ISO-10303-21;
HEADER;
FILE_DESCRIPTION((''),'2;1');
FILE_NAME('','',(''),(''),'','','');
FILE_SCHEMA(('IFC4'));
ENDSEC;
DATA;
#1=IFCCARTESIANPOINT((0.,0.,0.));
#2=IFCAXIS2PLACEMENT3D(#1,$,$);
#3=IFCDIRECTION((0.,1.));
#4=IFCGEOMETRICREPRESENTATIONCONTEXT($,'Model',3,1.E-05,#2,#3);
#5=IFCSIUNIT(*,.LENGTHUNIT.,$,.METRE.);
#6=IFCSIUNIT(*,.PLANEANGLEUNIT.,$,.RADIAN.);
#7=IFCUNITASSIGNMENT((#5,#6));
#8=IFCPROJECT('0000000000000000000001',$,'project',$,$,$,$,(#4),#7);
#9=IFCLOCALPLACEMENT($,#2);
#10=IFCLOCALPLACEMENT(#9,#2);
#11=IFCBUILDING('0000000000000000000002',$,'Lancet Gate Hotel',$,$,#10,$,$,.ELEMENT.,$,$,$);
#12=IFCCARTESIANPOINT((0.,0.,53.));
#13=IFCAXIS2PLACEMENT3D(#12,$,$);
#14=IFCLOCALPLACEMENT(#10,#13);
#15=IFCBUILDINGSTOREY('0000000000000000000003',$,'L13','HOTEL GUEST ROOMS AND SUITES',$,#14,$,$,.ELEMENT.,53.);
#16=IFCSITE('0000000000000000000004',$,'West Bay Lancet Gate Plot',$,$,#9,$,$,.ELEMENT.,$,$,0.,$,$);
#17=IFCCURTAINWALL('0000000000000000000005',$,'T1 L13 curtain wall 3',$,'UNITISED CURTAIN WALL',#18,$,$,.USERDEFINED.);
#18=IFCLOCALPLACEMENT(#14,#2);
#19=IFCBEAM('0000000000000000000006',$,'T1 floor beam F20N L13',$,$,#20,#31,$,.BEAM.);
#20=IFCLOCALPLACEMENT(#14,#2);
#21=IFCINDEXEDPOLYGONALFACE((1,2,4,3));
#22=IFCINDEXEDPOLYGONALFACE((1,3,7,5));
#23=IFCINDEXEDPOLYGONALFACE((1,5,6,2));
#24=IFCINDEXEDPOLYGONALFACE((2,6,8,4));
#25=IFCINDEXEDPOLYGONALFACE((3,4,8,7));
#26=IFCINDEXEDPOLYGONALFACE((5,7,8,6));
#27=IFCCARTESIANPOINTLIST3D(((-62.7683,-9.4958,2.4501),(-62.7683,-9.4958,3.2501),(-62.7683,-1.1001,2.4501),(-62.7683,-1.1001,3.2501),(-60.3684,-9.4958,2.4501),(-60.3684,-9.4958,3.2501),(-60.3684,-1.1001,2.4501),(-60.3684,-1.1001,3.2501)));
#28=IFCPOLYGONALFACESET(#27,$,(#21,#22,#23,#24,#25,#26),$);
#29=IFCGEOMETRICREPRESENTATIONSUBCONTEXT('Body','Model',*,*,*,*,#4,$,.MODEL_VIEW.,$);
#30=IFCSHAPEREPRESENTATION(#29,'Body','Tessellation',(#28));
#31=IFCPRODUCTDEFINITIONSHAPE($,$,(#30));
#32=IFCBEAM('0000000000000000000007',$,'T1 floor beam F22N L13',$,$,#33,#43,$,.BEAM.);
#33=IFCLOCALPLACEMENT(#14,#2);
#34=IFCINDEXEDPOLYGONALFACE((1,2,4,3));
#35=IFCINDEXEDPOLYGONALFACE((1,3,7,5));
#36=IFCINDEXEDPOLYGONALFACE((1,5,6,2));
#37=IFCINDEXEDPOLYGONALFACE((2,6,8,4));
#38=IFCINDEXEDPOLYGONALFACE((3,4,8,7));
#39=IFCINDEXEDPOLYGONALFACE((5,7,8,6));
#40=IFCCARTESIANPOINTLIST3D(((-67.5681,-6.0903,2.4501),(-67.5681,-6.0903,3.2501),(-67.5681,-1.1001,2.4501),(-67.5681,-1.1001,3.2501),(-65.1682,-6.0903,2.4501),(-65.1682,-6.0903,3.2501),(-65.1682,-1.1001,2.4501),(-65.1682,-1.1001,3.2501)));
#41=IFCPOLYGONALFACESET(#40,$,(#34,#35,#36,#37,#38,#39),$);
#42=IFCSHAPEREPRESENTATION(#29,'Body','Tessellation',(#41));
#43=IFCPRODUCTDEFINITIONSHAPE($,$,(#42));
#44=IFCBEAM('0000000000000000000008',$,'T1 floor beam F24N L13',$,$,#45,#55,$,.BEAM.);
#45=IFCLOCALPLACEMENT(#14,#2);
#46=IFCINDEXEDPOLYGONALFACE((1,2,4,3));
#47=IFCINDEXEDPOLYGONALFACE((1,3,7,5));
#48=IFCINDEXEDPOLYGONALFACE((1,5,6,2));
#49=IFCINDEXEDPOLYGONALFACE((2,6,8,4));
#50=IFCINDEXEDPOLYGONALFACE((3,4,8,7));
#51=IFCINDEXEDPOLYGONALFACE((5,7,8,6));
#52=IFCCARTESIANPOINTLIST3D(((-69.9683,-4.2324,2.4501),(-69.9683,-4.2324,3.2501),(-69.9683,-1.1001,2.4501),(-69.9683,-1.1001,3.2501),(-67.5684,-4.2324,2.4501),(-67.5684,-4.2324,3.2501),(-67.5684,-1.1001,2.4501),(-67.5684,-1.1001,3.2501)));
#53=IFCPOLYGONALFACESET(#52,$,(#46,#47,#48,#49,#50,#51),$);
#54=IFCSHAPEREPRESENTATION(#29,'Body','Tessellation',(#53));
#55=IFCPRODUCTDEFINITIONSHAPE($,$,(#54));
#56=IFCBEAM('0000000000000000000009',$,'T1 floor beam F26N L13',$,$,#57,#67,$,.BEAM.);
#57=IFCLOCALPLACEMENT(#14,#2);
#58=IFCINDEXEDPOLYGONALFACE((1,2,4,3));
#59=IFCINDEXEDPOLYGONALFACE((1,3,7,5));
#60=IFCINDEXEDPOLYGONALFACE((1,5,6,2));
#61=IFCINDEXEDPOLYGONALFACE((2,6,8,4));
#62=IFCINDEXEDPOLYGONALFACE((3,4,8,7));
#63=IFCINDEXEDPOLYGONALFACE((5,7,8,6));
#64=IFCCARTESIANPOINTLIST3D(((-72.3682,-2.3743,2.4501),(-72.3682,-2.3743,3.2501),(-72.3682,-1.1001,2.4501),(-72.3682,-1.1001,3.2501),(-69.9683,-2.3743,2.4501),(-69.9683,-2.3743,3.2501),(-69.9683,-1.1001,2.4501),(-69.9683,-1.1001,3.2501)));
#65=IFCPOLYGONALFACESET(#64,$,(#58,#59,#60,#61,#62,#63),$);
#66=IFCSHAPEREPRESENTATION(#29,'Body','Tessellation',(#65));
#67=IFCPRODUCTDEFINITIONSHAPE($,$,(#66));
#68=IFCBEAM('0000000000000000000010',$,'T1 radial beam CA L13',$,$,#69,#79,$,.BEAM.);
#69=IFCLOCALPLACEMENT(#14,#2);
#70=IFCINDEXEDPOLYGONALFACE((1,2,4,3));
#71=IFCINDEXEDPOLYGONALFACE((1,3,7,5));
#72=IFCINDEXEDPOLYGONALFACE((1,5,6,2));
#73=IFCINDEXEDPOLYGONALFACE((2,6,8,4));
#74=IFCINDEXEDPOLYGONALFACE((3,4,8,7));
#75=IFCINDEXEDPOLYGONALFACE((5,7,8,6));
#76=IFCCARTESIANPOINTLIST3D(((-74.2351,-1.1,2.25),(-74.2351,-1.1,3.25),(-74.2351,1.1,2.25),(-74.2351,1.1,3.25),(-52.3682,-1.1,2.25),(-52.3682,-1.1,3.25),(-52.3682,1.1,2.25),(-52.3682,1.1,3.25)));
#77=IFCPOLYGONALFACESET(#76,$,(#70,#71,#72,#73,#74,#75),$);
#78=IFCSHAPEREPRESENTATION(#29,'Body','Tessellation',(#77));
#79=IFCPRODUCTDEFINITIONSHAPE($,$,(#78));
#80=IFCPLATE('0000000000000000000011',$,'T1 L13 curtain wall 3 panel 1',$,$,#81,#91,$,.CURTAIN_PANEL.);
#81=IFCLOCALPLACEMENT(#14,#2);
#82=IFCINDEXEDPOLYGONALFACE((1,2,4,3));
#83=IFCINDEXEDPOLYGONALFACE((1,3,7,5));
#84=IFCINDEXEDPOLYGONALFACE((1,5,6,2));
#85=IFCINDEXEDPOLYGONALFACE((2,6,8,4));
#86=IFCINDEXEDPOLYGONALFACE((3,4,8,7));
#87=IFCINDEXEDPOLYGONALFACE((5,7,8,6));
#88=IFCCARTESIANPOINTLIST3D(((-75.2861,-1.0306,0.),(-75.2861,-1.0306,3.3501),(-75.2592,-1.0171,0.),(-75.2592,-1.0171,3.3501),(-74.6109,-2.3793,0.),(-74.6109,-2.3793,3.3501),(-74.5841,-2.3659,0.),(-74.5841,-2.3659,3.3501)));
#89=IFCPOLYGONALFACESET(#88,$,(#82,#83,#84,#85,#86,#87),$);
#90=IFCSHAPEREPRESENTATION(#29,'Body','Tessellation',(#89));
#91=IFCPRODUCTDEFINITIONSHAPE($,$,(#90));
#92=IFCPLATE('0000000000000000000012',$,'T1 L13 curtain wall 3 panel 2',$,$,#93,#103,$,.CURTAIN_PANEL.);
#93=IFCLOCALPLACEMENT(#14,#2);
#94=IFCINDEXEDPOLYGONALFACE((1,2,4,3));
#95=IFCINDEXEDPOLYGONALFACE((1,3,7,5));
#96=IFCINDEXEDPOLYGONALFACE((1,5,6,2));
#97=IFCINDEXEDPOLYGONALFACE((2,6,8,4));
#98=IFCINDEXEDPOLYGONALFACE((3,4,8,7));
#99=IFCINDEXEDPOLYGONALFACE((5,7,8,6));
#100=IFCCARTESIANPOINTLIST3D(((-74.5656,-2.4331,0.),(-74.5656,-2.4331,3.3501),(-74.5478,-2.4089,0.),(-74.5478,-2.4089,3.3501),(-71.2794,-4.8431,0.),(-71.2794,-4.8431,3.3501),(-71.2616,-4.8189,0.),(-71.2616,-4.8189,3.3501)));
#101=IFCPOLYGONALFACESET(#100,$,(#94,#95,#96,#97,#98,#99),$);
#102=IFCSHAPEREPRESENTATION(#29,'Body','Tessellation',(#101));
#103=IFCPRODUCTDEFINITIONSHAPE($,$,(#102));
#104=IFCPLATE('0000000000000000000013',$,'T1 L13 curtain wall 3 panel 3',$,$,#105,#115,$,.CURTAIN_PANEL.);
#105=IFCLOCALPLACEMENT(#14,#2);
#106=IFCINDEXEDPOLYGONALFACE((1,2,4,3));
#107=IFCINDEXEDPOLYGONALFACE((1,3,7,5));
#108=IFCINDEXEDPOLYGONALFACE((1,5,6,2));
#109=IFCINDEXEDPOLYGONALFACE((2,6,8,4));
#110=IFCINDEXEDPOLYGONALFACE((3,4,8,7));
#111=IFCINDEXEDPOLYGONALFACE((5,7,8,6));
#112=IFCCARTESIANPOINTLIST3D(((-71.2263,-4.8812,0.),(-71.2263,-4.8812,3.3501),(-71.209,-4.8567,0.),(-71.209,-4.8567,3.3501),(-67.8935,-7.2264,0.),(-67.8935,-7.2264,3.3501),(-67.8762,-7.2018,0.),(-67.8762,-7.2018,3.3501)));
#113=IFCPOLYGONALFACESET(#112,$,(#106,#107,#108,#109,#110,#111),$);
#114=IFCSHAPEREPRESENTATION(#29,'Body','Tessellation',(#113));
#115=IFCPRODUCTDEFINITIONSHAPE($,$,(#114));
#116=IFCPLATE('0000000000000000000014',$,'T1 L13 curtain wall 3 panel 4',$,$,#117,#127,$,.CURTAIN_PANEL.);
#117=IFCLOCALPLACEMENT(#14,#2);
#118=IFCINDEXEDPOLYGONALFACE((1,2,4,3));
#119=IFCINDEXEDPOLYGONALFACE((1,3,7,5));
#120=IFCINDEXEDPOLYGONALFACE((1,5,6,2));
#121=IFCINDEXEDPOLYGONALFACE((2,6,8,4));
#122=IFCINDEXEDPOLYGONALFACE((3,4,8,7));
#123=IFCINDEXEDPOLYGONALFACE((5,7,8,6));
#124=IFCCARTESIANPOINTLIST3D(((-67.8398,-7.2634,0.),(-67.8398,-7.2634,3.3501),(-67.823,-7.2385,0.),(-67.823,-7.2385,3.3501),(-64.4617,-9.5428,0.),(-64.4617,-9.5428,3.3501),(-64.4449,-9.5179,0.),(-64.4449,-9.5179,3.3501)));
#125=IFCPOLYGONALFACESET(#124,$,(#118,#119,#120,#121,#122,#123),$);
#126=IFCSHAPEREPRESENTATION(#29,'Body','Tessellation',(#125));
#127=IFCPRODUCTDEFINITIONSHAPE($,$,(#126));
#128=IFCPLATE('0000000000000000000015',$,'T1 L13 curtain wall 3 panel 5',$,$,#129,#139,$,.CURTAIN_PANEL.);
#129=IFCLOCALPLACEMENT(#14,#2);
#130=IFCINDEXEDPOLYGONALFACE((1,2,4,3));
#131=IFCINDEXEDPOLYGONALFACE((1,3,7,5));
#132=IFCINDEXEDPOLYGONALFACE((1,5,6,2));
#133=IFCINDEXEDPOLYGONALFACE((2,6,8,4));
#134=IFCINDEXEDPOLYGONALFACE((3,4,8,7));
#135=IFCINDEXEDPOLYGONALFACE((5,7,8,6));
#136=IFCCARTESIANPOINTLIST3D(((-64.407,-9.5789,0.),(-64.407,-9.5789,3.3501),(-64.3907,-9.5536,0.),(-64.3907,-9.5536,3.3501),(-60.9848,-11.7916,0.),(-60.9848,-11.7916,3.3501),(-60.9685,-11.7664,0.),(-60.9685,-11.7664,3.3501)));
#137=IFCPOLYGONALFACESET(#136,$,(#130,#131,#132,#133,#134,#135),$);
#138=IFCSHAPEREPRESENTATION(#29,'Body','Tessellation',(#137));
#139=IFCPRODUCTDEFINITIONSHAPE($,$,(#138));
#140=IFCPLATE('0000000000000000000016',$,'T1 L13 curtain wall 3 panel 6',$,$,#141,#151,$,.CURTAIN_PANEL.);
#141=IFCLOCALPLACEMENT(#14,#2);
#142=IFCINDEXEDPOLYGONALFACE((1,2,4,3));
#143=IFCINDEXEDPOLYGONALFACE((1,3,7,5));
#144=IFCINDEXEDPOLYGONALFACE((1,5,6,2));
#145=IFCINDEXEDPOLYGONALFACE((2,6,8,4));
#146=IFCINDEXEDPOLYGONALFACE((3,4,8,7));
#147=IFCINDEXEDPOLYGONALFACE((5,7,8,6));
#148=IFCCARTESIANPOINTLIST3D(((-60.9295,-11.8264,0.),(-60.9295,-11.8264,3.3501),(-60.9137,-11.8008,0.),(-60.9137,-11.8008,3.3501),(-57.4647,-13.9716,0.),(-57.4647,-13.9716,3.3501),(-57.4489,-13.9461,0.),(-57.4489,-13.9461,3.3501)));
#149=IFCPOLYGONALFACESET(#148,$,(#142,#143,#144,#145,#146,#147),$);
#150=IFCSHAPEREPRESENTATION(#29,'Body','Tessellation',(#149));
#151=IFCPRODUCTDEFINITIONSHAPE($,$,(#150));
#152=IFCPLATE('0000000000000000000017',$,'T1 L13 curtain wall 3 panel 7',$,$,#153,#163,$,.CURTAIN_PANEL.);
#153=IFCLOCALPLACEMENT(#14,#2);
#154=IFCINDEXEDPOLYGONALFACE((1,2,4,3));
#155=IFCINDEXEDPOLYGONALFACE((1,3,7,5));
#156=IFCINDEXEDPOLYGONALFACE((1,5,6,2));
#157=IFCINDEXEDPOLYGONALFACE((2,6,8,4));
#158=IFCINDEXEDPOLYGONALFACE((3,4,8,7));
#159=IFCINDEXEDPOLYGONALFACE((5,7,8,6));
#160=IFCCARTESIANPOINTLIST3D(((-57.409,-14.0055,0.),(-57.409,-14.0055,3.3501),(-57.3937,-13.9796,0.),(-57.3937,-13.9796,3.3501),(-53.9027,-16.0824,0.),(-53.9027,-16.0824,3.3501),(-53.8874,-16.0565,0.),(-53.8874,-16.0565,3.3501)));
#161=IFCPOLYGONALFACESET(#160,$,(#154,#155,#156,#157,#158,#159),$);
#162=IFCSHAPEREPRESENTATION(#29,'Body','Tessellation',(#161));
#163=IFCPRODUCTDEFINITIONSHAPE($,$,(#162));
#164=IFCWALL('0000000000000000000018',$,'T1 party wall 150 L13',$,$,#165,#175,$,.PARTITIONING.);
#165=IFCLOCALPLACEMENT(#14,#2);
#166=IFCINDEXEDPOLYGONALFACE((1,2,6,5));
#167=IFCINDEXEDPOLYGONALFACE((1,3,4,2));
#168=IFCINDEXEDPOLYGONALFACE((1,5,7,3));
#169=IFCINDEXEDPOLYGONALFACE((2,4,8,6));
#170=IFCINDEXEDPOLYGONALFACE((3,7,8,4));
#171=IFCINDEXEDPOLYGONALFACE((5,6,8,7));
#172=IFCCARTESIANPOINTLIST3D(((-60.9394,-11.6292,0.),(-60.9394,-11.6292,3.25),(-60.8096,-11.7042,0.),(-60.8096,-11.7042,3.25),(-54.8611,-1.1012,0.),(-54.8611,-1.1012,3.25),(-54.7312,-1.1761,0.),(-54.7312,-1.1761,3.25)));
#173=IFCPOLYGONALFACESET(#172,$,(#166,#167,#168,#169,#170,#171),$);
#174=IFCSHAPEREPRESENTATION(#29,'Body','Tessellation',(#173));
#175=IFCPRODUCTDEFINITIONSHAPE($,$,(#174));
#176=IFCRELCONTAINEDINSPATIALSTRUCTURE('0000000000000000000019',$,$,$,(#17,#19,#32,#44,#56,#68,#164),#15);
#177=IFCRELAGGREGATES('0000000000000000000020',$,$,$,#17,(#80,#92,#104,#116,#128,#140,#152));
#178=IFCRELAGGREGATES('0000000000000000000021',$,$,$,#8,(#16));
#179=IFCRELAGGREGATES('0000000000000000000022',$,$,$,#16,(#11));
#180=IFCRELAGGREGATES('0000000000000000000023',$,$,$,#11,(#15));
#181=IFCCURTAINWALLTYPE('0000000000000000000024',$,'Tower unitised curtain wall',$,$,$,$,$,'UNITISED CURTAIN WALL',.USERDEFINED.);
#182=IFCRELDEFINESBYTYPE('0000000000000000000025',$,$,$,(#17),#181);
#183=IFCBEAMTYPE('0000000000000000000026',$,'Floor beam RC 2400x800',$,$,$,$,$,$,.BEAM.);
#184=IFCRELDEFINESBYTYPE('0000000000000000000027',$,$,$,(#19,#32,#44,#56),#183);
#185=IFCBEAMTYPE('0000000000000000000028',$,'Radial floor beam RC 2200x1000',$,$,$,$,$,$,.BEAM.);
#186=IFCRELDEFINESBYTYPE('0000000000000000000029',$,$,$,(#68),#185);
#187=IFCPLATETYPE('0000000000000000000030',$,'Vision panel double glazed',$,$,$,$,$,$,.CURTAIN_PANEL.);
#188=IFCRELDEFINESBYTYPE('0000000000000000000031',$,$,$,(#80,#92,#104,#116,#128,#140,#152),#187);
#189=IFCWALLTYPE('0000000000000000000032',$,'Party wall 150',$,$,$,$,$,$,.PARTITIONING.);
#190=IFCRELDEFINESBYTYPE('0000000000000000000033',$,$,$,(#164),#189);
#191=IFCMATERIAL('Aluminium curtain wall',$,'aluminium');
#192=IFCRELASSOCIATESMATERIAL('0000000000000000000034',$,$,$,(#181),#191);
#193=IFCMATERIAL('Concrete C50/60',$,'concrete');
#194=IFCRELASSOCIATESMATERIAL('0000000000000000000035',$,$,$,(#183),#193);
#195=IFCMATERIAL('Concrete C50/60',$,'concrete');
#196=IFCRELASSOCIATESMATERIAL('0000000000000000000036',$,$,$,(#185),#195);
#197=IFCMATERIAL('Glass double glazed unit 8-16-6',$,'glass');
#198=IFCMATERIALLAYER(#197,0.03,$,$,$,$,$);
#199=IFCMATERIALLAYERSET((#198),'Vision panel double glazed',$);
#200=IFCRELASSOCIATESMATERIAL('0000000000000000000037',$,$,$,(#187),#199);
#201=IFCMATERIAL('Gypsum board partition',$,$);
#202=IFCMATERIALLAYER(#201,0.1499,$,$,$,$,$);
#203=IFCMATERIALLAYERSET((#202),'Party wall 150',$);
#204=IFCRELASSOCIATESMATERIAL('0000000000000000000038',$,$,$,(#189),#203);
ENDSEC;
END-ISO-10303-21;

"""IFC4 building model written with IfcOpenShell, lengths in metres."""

from ifc_helpers import new_model, si_unit, direction, frame, frame_2d, origin, origin_2d, place, context, subcontext, project, spatial, rectangle, extrude, material, layer, layer_set, material_profile, profile_set, type_object, element, aggregate, save


model = new_model("IFC4")

# Units and contexts
model_context = context("Model", 3, precision=1e-05, world=origin(), true_north=direction((0.0, 1.0)))
body_context = subcontext(model_context, "Body", "Model", "MODEL_VIEW")
ifc_project = project(units=[si_unit("LENGTHUNIT", "METRE"), si_unit("PLANEANGLEUNIT", "RADIAN")], contexts=[model_context])

# Site, building, storey
site_placement = place(None, origin())
site = spatial("IfcSite", under=ifc_project, at=site_placement, Name="West Bay Lancet Gate Plot", CompositionType="ELEMENT", RefElevation=0.0)
building_placement = place(site_placement, origin())
building = spatial("IfcBuilding", under=site, at=building_placement, Name="Lancet Gate Hotel", CompositionType="ELEMENT")
storey_placement = place(building_placement, frame((0.0, 0.0, 53.0)))
storey = spatial("IfcBuildingStorey", under=building, at=storey_placement, Name="L13", Description="HOTEL GUEST ROOMS AND SUITES", CompositionType="ELEMENT", Elevation=53.0)

# Curtain wall
ifc_material_1 = material(Name="Aluminium curtain wall", Category="aluminium")
curtain_wall_type = type_object("IfcCurtainWallType", Name="Tower unitised curtain wall", ElementType="UNITISED CURTAIN WALL", PredefinedType="USERDEFINED", material=ifc_material_1)
curtain_wall_placement = place(storey_placement, origin())
curtain_wall = element("IfcCurtainWall", 1, at=curtain_wall_placement, inside=storey, type_object=curtain_wall_type, Name="T1 L13 curtain wall 3", ObjectType="UNITISED CURTAIN WALL", PredefinedType="USERDEFINED")

# Beams
ifc_material_2 = material(Name="Concrete C50/60", Category="concrete")
ifc_material_profile_1 = material_profile(ifc_material_2, rectangle(XDim=2.3999, YDim=0.8, at=origin_2d()), Name="RC 2400x800")
ifc_profile_set_1 = profile_set([ifc_material_profile_1], Name="Concrete C50/60")
beam_type_1 = type_object("IfcBeamType", Name="Floor beam RC 2400x800", PredefinedType="BEAM", material=ifc_profile_set_1)
beam_1_placement = place(storey_placement, frame((-61.5684, -1.1001, 2.8501), z_axis=(0.0, -1.0, 0.0), x_axis=(1.0, 0.0, 0.0)))
element("IfcBeam", 2, at=beam_1_placement, inside=storey, type_object=beam_type_1, Name="T1 floor beam F20N L13", PredefinedType="BEAM", context=body_context, shape_type="SweptSolid", body=[
    extrude(rectangle(XDim=2.3999, YDim=0.8, at=origin_2d()), origin(), (0.0, 0.0, 1.0), 8.3958),
])
beam_2_placement = place(storey_placement, frame((-66.3682, -1.1001, 2.8501), z_axis=(0.0, -1.0, 0.0), x_axis=(1.0, 0.0, 0.0)))
element("IfcBeam", 3, at=beam_2_placement, inside=storey, type_object=beam_type_1, Name="T1 floor beam F22N L13", PredefinedType="BEAM", context=body_context, shape_type="SweptSolid", body=[
    extrude(rectangle(XDim=2.3999, YDim=0.8, at=origin_2d()), origin(), (0.0, 0.0, 1.0), 4.9902),
])
beam_3_placement = place(storey_placement, frame((-68.7683, -1.1001, 2.8501), z_axis=(0.0, -1.0, 0.0), x_axis=(1.0, 0.0, 0.0)))
element("IfcBeam", 4, at=beam_3_placement, inside=storey, type_object=beam_type_1, Name="T1 floor beam F24N L13", PredefinedType="BEAM", context=body_context, shape_type="SweptSolid", body=[
    extrude(rectangle(XDim=2.3999, YDim=0.8, at=origin_2d()), origin(), (0.0, 0.0, 1.0), 3.1323),
])
beam_4_placement = place(storey_placement, frame((-71.1682, -1.1001, 2.8501), z_axis=(0.0, -1.0, 0.0), x_axis=(1.0, 0.0, 0.0)))
element("IfcBeam", 5, at=beam_4_placement, inside=storey, type_object=beam_type_1, Name="T1 floor beam F26N L13", PredefinedType="BEAM", context=body_context, shape_type="SweptSolid", body=[
    extrude(rectangle(XDim=2.3999, YDim=0.8, at=origin_2d()), origin(), (0.0, 0.0, 1.0), 1.2742),
])
ifc_material_3 = material(Name="Concrete C50/60", Category="concrete")
ifc_material_profile_2 = material_profile(ifc_material_3, rectangle(XDim=2.2, YDim=1.0, at=origin_2d()), Name="RC 2200x1000")
ifc_profile_set_2 = profile_set([ifc_material_profile_2], Name="Concrete C50/60")
beam_type_2 = type_object("IfcBeamType", Name="Radial floor beam RC 2200x1000", PredefinedType="BEAM", material=ifc_profile_set_2)
beam_5_placement = place(storey_placement, frame((-74.2351, 0.0, 2.75), z_axis=(1.0, 0.0, 0.0), x_axis=(0.0, 1.0, 0.0)))
element("IfcBeam", 6, at=beam_5_placement, inside=storey, type_object=beam_type_2, Name="T1 radial beam CA L13", PredefinedType="BEAM", context=body_context, shape_type="SweptSolid", body=[
    extrude(rectangle(XDim=2.2, YDim=1.0, at=origin_2d()), origin(), (0.0, 0.0, 1.0), 21.8669),
])

# Plates
ifc_material_4 = material(Name="Glass double glazed unit 8-16-6", Category="glass")
ifc_layer_1 = layer(ifc_material_4, 0.03)
ifc_layer_set_1 = layer_set([ifc_layer_1], Name="Vision panel double glazed")
plate_type = type_object("IfcPlateType", Name="Vision panel double glazed", PredefinedType="CURTAIN_PANEL", material=ifc_layer_set_1)
plate_1_placement = place(storey_placement, frame((-74.9351, -1.6982, 0.0), z_axis=(0.0, 0.0, 1.0), x_axis=(0.447628, -0.89422, 0.0)))
plate_1 = element("IfcPlate", 7, at=plate_1_placement, type_object=plate_type, Name="T1 L13 curtain wall 3 panel 1", PredefinedType="CURTAIN_PANEL", context=body_context, shape_type="SweptSolid", body=[
    extrude(rectangle(XDim=1.5083, YDim=0.03, at=origin_2d()), origin(), (0.0, 0.0, 1.0), 3.3501),
])
plate_2_placement = place(storey_placement, frame((-72.9136, -3.626, 0.0), z_axis=(0.0, 0.0, 1.0), x_axis=(0.80639, -0.591384, 0.0)))
plate_2 = element("IfcPlate", 8, at=plate_2_placement, type_object=plate_type, Name="T1 L13 curtain wall 3 panel 2", PredefinedType="CURTAIN_PANEL", context=body_context, shape_type="SweptSolid", body=[
    extrude(rectangle(XDim=4.0752, YDim=0.03, at=origin_2d()), origin(), (0.0, 0.0, 1.0), 3.3501),
])
plate_3_placement = place(storey_placement, frame((-69.5513, -6.0415, 0.0), z_axis=(0.0, 0.0, 1.0), x_axis=(0.817825, -0.575467, 0.0)))
plate_3 = element("IfcPlate", 9, at=plate_3_placement, type_object=plate_type, Name="T1 L13 curtain wall 3 panel 3", PredefinedType="CURTAIN_PANEL", context=body_context, shape_type="SweptSolid", body=[
    extrude(rectangle(XDim=4.0752, YDim=0.03, at=origin_2d()), origin(), (0.0, 0.0, 1.0), 3.3501),
])
plate_4_placement = place(storey_placement, frame((-66.1423, -8.3906, 0.0), z_axis=(0.0, 0.0, 1.0), x_axis=(0.828946, -0.559329, 0.0)))
plate_4 = element("IfcPlate", 10, at=plate_4_placement, type_object=plate_type, Name="T1 L13 curtain wall 3 panel 4", PredefinedType="CURTAIN_PANEL", context=body_context, shape_type="SweptSolid", body=[
    extrude(rectangle(XDim=4.0752, YDim=0.03, at=origin_2d()), origin(), (0.0, 0.0, 1.0), 3.3501),
])
plate_5_placement = place(storey_placement, frame((-62.6877, -10.6726, 0.0), z_axis=(0.0, 0.0, 1.0), x_axis=(0.839749, -0.542975, 0.0)))
plate_5 = element("IfcPlate", 11, at=plate_5_placement, type_object=plate_type, Name="T1 L13 curtain wall 3 panel 5", PredefinedType="CURTAIN_PANEL", context=body_context, shape_type="SweptSolid", body=[
    extrude(rectangle(XDim=4.0752, YDim=0.03, at=origin_2d()), origin(), (0.0, 0.0, 1.0), 3.3501),
])
plate_6_placement = place(storey_placement, frame((-59.1892, -12.8862, 0.0), z_axis=(0.0, 0.0, 1.0), x_axis=(0.850229, -0.526414, 0.0)))
plate_6 = element("IfcPlate", 12, at=plate_6_placement, type_object=plate_type, Name="T1 L13 curtain wall 3 panel 6", PredefinedType="CURTAIN_PANEL", context=body_context, shape_type="SweptSolid", body=[
    extrude(rectangle(XDim=4.0752, YDim=0.03, at=origin_2d()), origin(), (0.0, 0.0, 1.0), 3.3501),
])
plate_7_placement = place(storey_placement, frame((-55.6482, -15.031, 0.0), z_axis=(0.0, 0.0, 1.0), x_axis=(0.860382, -0.50965, 0.0)))
plate_7 = element("IfcPlate", 13, at=plate_7_placement, type_object=plate_type, Name="T1 L13 curtain wall 3 panel 7", PredefinedType="CURTAIN_PANEL", context=body_context, shape_type="SweptSolid", body=[
    extrude(rectangle(XDim=4.0752, YDim=0.03, at=origin_2d()), origin(), (0.0, 0.0, 1.0), 3.3501),
])
aggregate(curtain_wall, [plate_1, plate_2, plate_3, plate_4, plate_5, plate_6, plate_7])

# Wall
ifc_material_5 = material(Name="Gypsum board partition")
ifc_layer_2 = layer(ifc_material_5, 0.1499)
ifc_layer_set_2 = layer_set([ifc_layer_2], Name="Party wall 150")
wall_type = type_object("IfcWallType", Name="Party wall 150", PredefinedType="PARTITIONING", material=ifc_layer_set_2)
wall_placement = place(storey_placement, frame((-54.7961, -1.1387, 0.0), z_axis=(0.0, 0.0, 1.0), x_axis=(-0.499999, -0.866026, 0.0)))
element("IfcWall", 14, at=wall_placement, inside=storey, type_object=wall_type, Name="T1 party wall 150 L13", PredefinedType="PARTITIONING", context=body_context, shape_type="SweptSolid", body=[
    extrude(rectangle(XDim=12.1567, YDim=0.1499, at=frame_2d((6.0784, 0.0))), origin(), (0.0, 0.0, 1.0), 3.25),
])

save(model, "model.ifc")
